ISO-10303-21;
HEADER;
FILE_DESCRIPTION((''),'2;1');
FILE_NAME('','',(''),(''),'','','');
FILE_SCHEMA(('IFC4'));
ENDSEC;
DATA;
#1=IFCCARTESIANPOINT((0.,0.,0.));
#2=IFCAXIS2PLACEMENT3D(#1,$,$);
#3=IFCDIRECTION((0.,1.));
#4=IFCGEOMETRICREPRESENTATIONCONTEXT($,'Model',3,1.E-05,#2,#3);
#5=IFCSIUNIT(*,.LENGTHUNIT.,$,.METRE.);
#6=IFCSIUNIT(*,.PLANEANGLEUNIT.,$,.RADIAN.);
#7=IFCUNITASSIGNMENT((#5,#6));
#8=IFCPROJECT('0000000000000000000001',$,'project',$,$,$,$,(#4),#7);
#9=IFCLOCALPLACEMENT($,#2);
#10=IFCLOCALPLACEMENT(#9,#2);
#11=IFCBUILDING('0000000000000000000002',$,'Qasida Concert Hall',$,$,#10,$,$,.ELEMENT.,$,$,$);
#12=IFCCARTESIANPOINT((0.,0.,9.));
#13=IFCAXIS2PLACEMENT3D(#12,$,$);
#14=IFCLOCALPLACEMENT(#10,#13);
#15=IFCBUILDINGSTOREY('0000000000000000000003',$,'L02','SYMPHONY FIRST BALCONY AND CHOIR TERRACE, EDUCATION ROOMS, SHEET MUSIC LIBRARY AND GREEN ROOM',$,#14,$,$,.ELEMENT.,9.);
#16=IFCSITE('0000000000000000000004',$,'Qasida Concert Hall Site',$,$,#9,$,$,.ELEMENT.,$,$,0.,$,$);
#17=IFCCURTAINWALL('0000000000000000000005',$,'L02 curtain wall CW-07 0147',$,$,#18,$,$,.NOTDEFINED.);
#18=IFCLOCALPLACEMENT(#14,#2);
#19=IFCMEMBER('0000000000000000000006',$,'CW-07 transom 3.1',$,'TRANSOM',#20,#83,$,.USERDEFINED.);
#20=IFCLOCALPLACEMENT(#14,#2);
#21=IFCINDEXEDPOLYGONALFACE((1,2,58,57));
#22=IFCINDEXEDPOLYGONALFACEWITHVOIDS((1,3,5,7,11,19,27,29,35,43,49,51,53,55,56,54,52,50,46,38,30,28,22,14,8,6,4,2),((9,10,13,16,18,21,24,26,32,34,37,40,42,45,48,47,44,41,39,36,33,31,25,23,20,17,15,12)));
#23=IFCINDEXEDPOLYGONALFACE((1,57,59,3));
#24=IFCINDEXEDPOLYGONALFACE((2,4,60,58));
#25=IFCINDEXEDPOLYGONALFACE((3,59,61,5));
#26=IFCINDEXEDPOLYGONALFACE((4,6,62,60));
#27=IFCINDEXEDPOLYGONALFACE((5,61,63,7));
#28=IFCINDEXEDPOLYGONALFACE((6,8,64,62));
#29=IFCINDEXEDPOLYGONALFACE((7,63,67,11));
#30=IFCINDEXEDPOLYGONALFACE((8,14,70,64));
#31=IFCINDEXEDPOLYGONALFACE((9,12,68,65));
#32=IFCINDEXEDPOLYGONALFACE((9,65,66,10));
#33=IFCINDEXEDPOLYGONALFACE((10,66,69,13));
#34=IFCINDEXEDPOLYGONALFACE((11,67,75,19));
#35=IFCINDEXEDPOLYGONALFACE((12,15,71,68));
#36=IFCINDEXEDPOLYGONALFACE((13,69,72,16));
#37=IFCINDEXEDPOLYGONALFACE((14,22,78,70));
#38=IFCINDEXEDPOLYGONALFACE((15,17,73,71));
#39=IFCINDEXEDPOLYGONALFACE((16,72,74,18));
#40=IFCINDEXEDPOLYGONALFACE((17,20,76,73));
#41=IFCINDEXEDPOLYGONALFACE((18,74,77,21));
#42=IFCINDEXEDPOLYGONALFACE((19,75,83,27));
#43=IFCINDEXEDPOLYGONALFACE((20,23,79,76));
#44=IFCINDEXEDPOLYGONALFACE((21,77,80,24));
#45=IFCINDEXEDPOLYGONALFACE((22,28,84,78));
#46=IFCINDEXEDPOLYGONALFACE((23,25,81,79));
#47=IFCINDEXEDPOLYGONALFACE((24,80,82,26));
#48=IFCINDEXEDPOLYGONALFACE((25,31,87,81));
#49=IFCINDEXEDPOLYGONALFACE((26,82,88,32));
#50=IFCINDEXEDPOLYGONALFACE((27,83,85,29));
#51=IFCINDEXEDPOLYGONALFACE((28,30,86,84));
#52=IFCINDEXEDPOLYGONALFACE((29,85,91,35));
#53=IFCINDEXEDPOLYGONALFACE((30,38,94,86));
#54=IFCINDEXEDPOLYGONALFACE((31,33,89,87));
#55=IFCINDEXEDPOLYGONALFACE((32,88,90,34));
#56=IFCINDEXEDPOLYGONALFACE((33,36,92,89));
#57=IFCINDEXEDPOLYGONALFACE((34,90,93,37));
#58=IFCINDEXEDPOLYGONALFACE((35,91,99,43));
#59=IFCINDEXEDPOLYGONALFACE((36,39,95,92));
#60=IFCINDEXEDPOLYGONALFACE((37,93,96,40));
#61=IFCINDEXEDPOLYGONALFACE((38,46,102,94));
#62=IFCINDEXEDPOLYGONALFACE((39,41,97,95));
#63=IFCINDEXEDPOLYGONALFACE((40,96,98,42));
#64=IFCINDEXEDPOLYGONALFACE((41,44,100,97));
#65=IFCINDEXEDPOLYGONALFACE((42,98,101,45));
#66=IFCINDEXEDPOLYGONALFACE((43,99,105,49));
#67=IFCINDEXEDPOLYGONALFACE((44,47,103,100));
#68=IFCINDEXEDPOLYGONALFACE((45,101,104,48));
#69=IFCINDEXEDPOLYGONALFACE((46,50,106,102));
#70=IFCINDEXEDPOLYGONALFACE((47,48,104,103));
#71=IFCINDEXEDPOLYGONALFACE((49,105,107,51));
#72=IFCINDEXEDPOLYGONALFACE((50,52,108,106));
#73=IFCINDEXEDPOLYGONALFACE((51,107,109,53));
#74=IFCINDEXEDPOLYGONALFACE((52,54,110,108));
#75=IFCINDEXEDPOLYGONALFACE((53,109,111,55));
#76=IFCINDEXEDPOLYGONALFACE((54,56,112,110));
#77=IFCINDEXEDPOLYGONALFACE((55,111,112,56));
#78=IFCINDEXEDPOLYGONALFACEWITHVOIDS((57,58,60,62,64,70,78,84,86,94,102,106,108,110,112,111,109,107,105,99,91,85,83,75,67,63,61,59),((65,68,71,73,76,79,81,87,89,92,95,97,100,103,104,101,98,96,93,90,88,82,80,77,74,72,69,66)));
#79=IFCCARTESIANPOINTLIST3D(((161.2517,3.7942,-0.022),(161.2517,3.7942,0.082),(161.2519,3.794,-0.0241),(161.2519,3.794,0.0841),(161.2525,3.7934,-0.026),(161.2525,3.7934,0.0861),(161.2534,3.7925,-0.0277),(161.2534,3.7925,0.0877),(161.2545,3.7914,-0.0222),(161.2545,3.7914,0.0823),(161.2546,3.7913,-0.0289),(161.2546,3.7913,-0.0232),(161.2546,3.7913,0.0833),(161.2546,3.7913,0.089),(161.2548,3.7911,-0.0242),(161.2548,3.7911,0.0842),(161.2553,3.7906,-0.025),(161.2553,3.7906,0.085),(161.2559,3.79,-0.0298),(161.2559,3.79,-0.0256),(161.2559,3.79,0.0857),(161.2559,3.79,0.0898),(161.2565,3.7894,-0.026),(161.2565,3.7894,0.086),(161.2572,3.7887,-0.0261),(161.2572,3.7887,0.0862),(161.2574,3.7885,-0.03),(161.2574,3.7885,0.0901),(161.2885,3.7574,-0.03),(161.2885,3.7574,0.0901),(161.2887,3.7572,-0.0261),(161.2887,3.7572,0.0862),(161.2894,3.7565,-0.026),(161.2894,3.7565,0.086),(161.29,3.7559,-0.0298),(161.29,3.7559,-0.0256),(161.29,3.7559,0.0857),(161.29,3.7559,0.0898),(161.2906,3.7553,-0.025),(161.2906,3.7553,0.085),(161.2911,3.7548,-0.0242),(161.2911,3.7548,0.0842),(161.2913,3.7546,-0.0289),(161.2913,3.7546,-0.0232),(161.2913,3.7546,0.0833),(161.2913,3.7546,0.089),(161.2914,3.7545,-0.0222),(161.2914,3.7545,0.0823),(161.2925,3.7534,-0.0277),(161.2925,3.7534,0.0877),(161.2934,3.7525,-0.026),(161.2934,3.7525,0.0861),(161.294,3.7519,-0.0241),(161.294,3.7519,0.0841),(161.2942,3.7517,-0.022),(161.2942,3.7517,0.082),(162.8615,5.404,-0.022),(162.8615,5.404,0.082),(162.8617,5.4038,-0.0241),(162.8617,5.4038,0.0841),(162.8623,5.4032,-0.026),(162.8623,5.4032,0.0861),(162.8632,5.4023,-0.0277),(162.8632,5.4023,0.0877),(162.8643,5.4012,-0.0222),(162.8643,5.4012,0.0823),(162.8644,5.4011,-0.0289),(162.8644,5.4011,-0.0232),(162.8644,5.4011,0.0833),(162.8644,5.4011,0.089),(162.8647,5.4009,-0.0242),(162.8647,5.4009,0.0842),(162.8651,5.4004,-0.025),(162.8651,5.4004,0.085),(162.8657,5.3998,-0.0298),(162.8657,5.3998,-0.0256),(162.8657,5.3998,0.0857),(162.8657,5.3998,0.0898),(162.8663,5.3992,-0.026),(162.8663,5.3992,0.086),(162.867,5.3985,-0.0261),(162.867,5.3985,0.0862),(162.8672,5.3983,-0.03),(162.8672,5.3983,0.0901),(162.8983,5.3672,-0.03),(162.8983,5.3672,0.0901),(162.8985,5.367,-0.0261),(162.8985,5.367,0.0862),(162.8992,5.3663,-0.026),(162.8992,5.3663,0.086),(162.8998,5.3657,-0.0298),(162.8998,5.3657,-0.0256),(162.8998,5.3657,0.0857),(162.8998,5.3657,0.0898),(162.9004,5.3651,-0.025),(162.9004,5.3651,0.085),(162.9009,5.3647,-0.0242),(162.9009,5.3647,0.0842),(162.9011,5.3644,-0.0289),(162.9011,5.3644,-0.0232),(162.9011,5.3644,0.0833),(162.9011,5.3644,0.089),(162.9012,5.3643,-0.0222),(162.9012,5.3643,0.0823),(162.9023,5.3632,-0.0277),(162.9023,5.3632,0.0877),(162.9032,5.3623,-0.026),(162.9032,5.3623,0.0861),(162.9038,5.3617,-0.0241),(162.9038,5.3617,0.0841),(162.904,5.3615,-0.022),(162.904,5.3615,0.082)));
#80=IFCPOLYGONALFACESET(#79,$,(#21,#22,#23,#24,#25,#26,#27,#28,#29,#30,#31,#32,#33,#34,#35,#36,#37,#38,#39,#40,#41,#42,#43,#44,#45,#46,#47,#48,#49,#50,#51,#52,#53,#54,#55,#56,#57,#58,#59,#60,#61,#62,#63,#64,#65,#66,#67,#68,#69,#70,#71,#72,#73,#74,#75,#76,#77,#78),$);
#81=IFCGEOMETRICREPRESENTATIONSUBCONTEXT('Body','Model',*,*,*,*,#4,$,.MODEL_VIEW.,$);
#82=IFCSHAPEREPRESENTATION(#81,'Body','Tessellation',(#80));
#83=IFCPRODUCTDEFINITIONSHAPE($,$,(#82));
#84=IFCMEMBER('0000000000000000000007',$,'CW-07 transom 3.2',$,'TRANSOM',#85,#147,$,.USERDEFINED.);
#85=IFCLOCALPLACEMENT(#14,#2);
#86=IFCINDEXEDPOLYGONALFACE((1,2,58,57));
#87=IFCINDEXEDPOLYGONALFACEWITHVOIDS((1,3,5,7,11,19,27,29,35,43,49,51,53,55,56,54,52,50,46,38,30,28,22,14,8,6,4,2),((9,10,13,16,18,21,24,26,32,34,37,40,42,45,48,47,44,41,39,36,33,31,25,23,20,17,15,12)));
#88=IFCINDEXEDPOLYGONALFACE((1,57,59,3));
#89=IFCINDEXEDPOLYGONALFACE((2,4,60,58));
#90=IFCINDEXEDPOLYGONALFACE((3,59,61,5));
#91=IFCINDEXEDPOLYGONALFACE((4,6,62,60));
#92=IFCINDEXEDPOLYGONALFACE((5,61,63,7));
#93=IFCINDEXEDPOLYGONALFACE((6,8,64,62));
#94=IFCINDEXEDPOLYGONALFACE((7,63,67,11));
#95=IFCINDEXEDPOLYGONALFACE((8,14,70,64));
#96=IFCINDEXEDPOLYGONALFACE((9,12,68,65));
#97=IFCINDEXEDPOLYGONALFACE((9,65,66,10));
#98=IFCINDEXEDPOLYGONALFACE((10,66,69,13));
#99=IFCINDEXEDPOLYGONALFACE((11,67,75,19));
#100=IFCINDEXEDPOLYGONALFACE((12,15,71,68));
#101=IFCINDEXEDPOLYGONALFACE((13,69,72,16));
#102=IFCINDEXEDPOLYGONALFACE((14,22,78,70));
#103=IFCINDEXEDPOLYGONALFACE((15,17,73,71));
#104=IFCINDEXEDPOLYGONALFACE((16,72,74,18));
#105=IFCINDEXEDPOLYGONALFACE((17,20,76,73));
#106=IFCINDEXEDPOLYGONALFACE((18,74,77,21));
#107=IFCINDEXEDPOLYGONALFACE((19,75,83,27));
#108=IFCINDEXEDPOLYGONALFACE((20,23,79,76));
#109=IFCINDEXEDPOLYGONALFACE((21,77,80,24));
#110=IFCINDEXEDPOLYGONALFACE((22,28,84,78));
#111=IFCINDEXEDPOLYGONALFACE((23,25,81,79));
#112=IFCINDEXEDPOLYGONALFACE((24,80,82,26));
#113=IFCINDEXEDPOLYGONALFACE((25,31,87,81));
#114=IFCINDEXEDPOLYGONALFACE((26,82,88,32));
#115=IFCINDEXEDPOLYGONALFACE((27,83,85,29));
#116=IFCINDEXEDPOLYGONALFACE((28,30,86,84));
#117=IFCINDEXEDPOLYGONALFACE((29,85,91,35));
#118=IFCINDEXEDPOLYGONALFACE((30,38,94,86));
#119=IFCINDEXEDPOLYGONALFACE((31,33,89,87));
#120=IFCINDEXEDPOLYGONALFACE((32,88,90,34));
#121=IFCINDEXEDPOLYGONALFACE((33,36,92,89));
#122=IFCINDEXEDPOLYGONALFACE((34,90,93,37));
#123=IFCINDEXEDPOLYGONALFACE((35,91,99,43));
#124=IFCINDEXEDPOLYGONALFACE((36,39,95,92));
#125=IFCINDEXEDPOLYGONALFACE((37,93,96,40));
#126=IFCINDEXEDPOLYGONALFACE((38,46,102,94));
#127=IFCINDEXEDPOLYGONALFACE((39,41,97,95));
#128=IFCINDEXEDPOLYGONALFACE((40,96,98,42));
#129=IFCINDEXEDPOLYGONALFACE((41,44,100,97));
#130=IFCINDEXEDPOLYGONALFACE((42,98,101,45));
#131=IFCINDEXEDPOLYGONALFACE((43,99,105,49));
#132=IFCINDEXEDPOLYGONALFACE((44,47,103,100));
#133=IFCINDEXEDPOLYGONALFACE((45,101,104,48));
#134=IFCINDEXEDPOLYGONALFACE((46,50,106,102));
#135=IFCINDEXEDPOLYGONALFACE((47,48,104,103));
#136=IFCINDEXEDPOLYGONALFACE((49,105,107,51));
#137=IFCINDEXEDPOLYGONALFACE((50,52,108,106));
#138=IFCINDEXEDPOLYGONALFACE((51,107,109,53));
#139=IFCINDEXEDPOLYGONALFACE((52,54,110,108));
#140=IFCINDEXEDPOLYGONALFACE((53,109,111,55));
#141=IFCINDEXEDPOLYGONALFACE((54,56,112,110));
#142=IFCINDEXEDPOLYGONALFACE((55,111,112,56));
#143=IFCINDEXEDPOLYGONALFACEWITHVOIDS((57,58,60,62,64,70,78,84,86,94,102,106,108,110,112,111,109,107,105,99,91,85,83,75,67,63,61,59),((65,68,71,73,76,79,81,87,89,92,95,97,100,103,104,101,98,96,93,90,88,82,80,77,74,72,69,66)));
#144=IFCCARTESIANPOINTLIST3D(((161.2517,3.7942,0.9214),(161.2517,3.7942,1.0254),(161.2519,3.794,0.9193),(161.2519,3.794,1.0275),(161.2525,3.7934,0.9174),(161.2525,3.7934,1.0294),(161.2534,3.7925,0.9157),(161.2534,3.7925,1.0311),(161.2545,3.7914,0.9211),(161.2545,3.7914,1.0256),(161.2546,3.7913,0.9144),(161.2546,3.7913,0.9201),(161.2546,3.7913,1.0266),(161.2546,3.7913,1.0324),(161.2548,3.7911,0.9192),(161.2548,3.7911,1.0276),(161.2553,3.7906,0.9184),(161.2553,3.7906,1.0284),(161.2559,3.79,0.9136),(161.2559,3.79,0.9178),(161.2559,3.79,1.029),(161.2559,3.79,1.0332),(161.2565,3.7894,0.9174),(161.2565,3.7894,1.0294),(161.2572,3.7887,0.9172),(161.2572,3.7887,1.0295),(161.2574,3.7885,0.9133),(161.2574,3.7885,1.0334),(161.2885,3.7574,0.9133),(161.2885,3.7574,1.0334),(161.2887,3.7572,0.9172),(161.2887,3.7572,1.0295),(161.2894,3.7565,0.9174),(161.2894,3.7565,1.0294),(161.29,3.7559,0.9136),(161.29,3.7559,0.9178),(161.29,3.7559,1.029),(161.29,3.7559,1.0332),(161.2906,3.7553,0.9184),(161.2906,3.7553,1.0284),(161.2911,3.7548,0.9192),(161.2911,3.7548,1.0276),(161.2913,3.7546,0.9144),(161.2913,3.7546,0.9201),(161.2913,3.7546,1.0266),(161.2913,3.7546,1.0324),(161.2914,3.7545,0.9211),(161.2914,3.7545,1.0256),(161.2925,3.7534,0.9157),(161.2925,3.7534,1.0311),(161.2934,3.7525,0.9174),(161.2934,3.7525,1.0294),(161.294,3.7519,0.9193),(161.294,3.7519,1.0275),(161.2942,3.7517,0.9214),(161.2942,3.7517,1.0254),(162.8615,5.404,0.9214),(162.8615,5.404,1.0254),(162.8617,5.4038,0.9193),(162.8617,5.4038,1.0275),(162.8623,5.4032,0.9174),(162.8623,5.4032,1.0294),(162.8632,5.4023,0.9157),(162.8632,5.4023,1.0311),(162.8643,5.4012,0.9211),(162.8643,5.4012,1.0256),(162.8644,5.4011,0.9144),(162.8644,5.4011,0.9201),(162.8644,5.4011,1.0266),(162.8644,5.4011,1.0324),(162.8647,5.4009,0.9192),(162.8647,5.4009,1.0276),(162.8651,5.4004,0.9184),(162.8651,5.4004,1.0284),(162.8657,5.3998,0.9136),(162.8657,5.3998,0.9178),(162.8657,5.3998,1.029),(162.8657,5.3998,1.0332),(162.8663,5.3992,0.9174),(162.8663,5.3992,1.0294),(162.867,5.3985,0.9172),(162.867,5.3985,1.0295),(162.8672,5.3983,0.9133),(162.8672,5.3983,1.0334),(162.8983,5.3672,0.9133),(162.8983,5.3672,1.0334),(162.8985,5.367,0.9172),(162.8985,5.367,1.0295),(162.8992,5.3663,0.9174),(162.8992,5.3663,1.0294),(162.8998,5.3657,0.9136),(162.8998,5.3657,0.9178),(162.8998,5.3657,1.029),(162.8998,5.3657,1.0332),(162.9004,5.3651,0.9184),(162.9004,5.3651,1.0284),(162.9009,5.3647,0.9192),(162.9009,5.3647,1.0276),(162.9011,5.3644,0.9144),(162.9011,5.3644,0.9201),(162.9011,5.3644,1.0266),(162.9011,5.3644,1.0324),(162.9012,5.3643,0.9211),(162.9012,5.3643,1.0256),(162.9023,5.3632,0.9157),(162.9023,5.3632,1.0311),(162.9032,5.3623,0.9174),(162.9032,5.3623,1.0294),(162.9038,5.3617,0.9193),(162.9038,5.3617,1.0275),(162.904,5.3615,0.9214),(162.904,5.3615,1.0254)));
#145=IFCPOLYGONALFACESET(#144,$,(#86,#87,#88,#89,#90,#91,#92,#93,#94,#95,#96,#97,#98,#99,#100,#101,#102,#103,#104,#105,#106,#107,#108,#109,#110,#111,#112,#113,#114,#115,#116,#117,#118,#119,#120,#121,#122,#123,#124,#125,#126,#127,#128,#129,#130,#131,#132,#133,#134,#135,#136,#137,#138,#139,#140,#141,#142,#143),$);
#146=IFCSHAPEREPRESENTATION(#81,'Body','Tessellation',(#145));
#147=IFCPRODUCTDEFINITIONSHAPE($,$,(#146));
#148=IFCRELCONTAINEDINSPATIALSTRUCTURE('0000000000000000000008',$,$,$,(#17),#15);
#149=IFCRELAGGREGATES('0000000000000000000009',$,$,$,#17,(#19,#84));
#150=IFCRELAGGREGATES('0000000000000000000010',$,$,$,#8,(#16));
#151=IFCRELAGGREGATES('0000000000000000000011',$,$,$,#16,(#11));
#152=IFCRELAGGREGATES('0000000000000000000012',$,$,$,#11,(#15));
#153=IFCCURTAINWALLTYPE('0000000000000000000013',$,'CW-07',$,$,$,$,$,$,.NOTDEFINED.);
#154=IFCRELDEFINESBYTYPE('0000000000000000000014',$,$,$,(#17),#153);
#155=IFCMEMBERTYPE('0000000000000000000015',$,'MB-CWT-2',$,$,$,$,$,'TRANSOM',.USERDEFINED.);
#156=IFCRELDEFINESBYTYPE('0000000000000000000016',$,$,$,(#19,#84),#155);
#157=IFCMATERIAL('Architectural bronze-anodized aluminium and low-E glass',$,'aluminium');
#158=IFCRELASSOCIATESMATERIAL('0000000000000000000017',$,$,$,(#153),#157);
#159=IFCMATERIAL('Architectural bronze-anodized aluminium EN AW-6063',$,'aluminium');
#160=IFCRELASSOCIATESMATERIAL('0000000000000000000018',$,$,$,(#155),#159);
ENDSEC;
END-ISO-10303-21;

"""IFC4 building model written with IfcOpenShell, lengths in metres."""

from ifc_helpers import new_model, si_unit, direction, frame, origin, origin_2d, place, context, subcontext, project, spatial, hollow_rectangle, extrude, material, material_profile, profile_set, type_object, element, aggregate, save


model = new_model("IFC4")

# Units and contexts
model_context = context("Model", 3, precision=1e-05, world=origin(), true_north=direction((0.0, 1.0)))
body_context = subcontext(model_context, "Body", "Model", "MODEL_VIEW")
ifc_project = project(units=[si_unit("LENGTHUNIT", "METRE"), si_unit("PLANEANGLEUNIT", "RADIAN")], contexts=[model_context])

# Site, building, storey
site_placement = place(None, origin())
site = spatial("IfcSite", under=ifc_project, at=site_placement, Name="Qasida Concert Hall Site", CompositionType="ELEMENT", RefElevation=0.0)
building_placement = place(site_placement, origin())
building = spatial("IfcBuilding", under=site, at=building_placement, Name="Qasida Concert Hall", CompositionType="ELEMENT")
storey_placement = place(building_placement, frame((0.0, 0.0, 9.0)))
storey = spatial("IfcBuildingStorey", under=building, at=storey_placement, Name="L02", Description="SYMPHONY FIRST BALCONY AND CHOIR TERRACE, EDUCATION ROOMS, SHEET MUSIC LIBRARY AND GREEN ROOM", CompositionType="ELEMENT", Elevation=9.0)

# Curtain wall, members
ifc_material_1 = material(Name="Architectural bronze-anodized aluminium and low-E glass", Category="aluminium")
curtain_wall_type = type_object("IfcCurtainWallType", Name="CW-07", PredefinedType="NOTDEFINED", material=ifc_material_1)
curtain_wall_placement = place(storey_placement, origin())
curtain_wall = element("IfcCurtainWall", 1, at=curtain_wall_placement, inside=storey, type_object=curtain_wall_type, Name="L02 curtain wall CW-07 0147", PredefinedType="NOTDEFINED")
ifc_material_2 = material(Name="Architectural bronze-anodized aluminium EN AW-6063", Category="aluminium")
ifc_material_profile_1 = material_profile(ifc_material_2, hollow_rectangle(XDim=0.0601, YDim=0.1201, WallThickness=0.0039, InnerFilletRadius=0.0039, OuterFilletRadius=0.0081, at=origin_2d()), Name="CWT 120x60x4")
ifc_profile_set_1 = profile_set([ifc_material_profile_1], Name="Architectural bronze-anodized aluminium EN AW-6063")
member_type_1 = type_object("IfcMemberType", Name="MB-CWT-2", ElementType="TRANSOM", PredefinedType="USERDEFINED", material=ifc_profile_set_1)
member_1_placement = place(storey_placement, frame((161.2729, 3.7729, 0.03), z_axis=(0.707107, 0.707107, 0.0), x_axis=(-0.707107, 0.707107, 0.0)))
member_1 = element("IfcMember", 2, at=member_1_placement, type_object=member_type_1, Name="CW-07 transom 3.1", ObjectType="TRANSOM", PredefinedType="USERDEFINED", context=body_context, shape_type="SweptSolid", body=[
    extrude(hollow_rectangle(XDim=0.0601, YDim=0.1201, WallThickness=0.0039, InnerFilletRadius=0.0039, OuterFilletRadius=0.0081, at=origin_2d()), origin(), (0.0, 0.0, 1.0), 2.2766),
])
member_2_placement = place(storey_placement, frame((161.2729, 3.7729, 0.9734), z_axis=(0.707107, 0.707107, 0.0), x_axis=(-0.707107, 0.707107, 0.0)))
member_2 = element("IfcMember", 3, at=member_2_placement, type_object=member_type_1, Name="CW-07 transom 3.2", ObjectType="TRANSOM", PredefinedType="USERDEFINED", context=body_context, shape_type="SweptSolid", body=[
    extrude(hollow_rectangle(XDim=0.0601, YDim=0.1201, WallThickness=0.0039, InnerFilletRadius=0.0039, OuterFilletRadius=0.0081, at=origin_2d()), origin(), (0.0, 0.0, 1.0), 2.2766),
])
aggregate(curtain_wall, [member_1, member_2])

save(model, "model.ifc")
